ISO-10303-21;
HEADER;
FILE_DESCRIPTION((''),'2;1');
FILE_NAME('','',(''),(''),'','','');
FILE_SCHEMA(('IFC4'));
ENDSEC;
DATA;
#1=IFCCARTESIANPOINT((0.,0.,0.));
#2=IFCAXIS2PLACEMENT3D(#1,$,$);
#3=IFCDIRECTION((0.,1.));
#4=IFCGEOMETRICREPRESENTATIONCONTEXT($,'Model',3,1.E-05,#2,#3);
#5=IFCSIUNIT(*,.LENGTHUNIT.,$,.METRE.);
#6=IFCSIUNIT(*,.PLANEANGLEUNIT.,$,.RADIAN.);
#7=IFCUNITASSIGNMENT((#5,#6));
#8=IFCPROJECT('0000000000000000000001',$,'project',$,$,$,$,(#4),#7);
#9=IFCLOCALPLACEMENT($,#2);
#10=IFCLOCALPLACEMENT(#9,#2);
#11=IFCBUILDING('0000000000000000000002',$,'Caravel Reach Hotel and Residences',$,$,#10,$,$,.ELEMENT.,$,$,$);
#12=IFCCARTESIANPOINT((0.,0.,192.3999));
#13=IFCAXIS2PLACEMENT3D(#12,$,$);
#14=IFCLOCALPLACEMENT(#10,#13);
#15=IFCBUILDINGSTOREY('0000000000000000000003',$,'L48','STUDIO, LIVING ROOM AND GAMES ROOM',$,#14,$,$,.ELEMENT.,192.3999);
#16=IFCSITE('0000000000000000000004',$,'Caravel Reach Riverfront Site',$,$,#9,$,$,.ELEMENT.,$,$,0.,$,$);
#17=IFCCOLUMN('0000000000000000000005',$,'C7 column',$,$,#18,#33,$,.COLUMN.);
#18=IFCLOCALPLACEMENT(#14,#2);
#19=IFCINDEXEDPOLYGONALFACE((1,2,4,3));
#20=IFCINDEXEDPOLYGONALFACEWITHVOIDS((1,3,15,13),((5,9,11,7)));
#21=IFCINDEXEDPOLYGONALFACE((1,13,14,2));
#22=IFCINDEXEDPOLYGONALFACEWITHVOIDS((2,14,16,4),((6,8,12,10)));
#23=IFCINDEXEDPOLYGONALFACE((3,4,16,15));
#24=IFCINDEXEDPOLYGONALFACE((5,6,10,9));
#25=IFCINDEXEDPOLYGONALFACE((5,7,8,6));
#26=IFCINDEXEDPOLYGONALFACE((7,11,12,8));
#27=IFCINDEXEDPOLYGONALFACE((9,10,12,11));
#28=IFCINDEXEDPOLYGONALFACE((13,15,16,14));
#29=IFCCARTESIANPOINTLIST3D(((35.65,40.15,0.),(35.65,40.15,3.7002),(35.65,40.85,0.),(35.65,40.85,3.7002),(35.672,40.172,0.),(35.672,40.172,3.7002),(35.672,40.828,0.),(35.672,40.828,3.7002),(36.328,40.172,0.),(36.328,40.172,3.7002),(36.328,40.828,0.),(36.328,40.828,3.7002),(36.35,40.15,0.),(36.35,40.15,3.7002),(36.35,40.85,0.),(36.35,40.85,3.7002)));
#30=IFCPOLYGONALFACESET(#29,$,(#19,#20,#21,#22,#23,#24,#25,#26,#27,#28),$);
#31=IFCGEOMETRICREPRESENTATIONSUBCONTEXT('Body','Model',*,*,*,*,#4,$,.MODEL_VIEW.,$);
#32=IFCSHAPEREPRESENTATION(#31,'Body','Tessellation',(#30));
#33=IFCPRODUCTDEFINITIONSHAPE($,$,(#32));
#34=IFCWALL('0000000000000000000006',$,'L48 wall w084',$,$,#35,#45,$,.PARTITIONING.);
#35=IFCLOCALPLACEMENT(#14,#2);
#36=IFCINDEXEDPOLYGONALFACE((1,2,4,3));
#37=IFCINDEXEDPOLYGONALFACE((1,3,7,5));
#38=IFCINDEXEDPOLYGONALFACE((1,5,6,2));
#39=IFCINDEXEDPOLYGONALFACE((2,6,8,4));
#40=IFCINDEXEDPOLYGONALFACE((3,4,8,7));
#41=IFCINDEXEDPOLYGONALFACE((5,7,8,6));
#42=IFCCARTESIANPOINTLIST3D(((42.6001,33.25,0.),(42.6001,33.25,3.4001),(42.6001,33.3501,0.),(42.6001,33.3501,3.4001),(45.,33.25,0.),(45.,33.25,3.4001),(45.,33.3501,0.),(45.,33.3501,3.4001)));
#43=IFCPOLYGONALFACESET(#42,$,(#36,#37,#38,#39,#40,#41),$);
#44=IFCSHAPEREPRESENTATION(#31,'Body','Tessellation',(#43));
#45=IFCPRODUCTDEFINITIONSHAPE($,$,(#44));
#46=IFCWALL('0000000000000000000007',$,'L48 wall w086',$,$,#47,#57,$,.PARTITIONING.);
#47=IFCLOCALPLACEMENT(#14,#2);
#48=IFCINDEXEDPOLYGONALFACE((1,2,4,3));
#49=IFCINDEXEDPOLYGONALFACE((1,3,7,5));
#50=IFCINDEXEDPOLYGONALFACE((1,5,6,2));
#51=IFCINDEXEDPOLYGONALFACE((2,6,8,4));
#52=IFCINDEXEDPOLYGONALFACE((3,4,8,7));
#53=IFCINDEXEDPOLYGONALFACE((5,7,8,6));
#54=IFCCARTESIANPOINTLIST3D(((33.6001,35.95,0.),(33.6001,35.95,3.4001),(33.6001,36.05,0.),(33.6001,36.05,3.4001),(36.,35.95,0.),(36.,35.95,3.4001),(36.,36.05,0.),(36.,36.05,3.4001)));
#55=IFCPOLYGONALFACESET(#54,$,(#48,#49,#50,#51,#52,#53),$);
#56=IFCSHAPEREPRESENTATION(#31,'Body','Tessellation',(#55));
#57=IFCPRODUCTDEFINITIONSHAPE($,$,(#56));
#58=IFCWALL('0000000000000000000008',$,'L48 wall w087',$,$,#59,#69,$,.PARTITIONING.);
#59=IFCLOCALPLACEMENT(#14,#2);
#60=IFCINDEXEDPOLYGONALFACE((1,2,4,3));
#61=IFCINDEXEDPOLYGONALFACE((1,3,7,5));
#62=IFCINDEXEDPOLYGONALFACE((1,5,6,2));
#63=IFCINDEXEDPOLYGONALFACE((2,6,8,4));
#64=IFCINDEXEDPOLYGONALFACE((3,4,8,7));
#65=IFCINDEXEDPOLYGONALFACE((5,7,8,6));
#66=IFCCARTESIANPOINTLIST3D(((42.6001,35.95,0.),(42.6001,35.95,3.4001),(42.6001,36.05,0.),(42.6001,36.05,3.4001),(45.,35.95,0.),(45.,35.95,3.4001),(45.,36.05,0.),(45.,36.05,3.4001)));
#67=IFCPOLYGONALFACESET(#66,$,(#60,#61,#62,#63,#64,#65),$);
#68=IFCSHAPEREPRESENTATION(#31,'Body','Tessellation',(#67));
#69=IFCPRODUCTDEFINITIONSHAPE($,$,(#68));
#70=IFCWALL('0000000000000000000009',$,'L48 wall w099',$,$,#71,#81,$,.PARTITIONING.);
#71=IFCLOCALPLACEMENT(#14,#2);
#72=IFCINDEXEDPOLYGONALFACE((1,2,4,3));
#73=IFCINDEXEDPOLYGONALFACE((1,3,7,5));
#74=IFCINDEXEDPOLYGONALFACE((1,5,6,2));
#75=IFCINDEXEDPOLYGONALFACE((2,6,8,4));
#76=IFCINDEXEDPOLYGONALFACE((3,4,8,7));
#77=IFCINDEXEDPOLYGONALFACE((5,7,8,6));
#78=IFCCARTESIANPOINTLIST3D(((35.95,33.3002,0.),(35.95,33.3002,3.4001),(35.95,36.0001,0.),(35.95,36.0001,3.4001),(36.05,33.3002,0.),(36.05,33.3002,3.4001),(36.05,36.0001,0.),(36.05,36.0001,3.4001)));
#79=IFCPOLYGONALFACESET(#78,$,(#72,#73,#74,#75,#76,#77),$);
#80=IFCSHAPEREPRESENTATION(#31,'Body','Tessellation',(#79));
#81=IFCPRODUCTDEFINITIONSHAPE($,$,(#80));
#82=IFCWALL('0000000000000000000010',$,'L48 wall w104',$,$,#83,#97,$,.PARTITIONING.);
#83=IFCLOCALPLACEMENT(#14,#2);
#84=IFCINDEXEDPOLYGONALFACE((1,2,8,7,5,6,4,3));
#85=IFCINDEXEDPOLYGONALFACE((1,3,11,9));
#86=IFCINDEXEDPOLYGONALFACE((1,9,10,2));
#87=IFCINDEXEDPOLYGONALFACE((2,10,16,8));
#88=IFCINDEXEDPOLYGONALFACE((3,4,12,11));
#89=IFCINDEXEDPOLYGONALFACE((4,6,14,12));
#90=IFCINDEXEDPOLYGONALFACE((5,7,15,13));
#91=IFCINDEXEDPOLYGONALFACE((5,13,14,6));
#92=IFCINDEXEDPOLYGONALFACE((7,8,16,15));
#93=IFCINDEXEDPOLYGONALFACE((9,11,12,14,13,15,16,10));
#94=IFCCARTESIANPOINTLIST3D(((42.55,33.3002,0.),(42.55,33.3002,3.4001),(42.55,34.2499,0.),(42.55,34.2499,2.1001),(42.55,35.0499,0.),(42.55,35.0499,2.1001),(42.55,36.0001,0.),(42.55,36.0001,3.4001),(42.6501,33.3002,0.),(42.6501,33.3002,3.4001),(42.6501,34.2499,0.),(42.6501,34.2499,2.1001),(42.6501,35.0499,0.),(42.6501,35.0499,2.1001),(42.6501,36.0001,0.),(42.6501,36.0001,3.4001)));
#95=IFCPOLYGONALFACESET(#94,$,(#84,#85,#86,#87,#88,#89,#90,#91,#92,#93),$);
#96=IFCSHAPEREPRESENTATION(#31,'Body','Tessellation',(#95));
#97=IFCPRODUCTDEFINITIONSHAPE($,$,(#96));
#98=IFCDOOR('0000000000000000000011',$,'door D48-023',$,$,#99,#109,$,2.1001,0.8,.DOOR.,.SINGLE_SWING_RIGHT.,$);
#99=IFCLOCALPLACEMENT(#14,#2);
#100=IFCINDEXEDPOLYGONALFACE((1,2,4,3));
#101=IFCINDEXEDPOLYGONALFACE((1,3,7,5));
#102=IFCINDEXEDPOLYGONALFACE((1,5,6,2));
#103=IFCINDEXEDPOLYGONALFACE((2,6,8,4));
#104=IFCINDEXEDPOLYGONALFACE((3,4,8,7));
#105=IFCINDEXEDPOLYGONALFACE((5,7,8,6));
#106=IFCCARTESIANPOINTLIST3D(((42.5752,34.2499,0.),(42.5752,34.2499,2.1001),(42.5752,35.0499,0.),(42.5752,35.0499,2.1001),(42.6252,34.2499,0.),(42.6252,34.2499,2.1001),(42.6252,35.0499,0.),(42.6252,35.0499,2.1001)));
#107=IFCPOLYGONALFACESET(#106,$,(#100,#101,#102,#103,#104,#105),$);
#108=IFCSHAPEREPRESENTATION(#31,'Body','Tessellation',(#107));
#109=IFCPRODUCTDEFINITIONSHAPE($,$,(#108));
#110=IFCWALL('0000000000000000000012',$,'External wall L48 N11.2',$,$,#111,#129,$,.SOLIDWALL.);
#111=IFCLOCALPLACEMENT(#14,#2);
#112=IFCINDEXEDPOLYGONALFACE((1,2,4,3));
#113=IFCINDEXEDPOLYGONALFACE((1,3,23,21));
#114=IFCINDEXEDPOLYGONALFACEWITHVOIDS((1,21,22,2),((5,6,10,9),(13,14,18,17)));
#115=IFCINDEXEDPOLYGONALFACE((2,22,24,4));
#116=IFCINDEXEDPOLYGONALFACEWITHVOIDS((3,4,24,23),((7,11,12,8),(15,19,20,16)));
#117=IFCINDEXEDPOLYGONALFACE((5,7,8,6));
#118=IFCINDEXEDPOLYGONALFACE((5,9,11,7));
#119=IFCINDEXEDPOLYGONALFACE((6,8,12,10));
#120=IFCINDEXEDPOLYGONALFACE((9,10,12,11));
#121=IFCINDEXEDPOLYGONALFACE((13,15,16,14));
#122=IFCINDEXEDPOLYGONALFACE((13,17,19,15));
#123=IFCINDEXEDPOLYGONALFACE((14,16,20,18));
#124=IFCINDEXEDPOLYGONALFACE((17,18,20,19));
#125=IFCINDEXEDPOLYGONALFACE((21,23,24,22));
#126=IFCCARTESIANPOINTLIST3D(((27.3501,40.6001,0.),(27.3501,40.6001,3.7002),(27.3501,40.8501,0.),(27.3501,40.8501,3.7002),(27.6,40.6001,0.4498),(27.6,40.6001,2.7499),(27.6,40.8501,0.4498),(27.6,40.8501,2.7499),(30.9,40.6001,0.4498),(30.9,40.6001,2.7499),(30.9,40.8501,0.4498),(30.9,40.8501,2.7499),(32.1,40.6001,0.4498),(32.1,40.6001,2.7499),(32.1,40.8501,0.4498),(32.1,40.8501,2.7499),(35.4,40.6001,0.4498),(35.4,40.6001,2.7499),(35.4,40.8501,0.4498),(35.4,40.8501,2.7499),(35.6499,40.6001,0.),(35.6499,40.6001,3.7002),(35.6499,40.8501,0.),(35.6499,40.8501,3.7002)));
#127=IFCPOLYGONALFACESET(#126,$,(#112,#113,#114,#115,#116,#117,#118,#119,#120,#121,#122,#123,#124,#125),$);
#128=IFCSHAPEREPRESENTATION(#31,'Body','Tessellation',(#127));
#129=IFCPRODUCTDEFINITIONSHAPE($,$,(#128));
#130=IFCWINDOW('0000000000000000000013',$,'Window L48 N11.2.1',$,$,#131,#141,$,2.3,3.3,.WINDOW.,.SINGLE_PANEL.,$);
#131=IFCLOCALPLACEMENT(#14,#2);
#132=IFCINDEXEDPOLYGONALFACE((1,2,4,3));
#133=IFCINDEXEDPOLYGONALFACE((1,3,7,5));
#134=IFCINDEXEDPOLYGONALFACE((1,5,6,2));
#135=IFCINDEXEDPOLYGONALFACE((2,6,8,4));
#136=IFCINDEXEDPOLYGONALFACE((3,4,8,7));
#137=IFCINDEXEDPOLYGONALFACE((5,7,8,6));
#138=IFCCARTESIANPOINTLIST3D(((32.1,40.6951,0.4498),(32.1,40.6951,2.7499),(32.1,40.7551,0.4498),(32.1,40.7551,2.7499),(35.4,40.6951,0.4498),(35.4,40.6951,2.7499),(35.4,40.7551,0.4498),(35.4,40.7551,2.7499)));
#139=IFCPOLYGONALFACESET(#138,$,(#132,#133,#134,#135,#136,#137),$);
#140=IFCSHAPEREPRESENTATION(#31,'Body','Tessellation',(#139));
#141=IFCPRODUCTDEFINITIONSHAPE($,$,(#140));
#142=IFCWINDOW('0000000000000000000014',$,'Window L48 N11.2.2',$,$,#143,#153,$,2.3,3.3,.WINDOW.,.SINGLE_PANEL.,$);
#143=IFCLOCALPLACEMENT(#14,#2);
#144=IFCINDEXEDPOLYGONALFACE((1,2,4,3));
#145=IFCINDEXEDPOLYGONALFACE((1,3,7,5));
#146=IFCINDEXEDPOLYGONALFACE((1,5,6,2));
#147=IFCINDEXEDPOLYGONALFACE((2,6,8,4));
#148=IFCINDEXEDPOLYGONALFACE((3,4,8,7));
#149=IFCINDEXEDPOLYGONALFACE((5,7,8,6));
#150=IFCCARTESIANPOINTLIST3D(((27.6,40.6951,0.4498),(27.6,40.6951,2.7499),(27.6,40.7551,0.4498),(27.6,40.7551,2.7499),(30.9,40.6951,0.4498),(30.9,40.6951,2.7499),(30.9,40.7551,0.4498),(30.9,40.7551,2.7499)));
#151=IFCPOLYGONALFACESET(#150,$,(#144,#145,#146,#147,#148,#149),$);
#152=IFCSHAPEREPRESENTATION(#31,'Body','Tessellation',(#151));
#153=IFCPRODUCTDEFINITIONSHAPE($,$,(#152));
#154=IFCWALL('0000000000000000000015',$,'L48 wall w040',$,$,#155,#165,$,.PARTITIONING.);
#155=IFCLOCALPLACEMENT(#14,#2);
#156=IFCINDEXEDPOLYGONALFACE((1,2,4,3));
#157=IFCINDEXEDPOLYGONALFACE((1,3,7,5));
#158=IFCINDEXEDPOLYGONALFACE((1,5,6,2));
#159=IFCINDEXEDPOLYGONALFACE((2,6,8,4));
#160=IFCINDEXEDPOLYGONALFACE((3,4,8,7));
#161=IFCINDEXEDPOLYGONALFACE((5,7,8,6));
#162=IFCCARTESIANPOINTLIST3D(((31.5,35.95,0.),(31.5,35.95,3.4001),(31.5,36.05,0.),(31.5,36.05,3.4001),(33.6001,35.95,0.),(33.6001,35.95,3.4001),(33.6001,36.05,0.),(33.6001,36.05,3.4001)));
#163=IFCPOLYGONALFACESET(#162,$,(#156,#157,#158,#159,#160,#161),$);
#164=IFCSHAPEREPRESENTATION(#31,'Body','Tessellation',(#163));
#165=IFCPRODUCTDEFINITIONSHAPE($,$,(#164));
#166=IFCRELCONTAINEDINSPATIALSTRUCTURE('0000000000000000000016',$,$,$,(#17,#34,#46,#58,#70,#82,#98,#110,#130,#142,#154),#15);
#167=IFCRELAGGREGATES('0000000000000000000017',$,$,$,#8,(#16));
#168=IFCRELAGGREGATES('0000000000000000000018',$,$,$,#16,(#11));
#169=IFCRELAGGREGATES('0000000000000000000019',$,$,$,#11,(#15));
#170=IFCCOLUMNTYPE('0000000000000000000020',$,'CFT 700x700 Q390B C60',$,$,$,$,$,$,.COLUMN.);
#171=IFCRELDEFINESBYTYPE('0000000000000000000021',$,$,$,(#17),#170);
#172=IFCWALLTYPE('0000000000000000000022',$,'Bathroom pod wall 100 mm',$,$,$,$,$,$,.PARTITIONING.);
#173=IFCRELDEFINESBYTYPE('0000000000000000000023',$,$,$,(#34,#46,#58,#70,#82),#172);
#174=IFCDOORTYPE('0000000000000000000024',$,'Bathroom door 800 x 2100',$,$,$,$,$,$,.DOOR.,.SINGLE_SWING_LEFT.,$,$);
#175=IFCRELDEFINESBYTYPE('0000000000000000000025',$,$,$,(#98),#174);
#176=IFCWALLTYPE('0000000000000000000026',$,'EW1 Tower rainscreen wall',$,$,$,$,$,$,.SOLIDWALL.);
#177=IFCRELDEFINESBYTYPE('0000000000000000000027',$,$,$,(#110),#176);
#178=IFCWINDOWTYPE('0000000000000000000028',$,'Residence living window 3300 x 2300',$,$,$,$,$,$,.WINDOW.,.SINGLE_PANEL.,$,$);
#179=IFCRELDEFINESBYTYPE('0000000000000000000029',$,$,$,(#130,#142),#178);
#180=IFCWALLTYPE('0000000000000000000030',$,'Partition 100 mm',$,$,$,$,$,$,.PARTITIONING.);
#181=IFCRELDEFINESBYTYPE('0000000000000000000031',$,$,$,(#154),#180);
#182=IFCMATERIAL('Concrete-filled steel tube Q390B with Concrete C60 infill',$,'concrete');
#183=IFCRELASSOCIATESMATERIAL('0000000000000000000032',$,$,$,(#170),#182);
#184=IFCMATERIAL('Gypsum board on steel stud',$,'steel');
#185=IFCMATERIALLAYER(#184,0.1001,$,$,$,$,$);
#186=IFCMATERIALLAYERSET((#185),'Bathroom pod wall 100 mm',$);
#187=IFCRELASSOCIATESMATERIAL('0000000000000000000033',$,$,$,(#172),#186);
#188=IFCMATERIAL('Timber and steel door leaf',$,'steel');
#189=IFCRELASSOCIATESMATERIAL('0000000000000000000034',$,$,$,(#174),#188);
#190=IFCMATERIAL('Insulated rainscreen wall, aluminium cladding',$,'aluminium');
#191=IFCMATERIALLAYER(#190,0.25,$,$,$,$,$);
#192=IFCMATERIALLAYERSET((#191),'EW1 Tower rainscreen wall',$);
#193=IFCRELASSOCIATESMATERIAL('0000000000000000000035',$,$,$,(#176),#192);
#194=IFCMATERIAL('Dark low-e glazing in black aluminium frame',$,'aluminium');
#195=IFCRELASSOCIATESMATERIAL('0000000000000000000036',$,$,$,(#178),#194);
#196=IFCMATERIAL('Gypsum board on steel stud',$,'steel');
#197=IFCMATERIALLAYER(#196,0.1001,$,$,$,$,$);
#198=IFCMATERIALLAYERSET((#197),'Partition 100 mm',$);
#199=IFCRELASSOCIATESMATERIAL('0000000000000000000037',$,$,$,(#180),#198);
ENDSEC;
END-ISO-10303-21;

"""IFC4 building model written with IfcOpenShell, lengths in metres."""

from ifc_helpers import new_model, si_unit, direction, frame, frame_2d, origin, origin_2d, place, context, subcontext, project, spatial, rectangle, hollow_rectangle, extrude, material, layer, layer_set, material_profile, profile_set, type_object, element, fill, save


model = new_model("IFC4")

# Units and contexts
model_context = context("Model", 3, precision=1e-05, world=origin(), true_north=direction((0.0, 1.0)))
body_context = subcontext(model_context, "Body", "Model", "MODEL_VIEW")
ifc_project = project(units=[si_unit("LENGTHUNIT", "METRE"), si_unit("PLANEANGLEUNIT", "RADIAN")], contexts=[model_context])

# Site, building, storey
site_placement = place(None, origin())
site = spatial("IfcSite", under=ifc_project, at=site_placement, Name="Caravel Reach Riverfront Site", CompositionType="ELEMENT", RefElevation=0.0)
building_placement = place(site_placement, origin())
building = spatial("IfcBuilding", under=site, at=building_placement, Name="Caravel Reach Hotel and Residences", CompositionType="ELEMENT")
storey_placement = place(building_placement, frame((0.0, 0.0, 192.3999)))
storey = spatial("IfcBuildingStorey", under=building, at=storey_placement, Name="L48", Description="STUDIO, LIVING ROOM AND GAMES ROOM", CompositionType="ELEMENT", Elevation=192.3999)

# Column
ifc_material_1 = material(Name="Concrete-filled steel tube Q390B with Concrete C60 infill", Category="concrete")
ifc_material_profile = material_profile(ifc_material_1, hollow_rectangle(XDim=0.7, YDim=0.7, WallThickness=0.022, at=origin_2d()), Name="RHS 700x700x22")
ifc_profile_set = profile_set([ifc_material_profile], Name="Concrete-filled steel tube Q390B with Concrete C60 infill")
column_type = type_object("IfcColumnType", Name="CFT 700x700 Q390B C60", PredefinedType="COLUMN", material=ifc_profile_set)
column_placement = place(storey_placement, frame((36.0, 40.5, 0.0), z_axis=(0.0, 0.0, 1.0), x_axis=(1.0, 0.0, 0.0)))
element("IfcColumn", 1, at=column_placement, inside=storey, type_object=column_type, Name="C7 column", PredefinedType="COLUMN", context=body_context, shape_type="SweptSolid", body=[
    extrude(hollow_rectangle(XDim=0.7, YDim=0.7, WallThickness=0.022, at=origin_2d()), origin(), (0.0, 0.0, 1.0), 3.7002),
])

# Walls
ifc_material_2 = material(Name="Gypsum board on steel stud", Category="steel")
ifc_layer_1 = layer(ifc_material_2, 0.1001)
ifc_layer_set_1 = layer_set([ifc_layer_1], Name="Bathroom pod wall 100 mm")
wall_type_1 = type_object("IfcWallType", Name="Bathroom pod wall 100 mm", PredefinedType="PARTITIONING", material=ifc_layer_set_1)
for number, where, z_axis, x_axis, name in (
    (2, (42.6001, 33.3, 0.0), (0.0, 0.0, 1.0), (1.0, 0.0, 0.0), "L48 wall w084"),
    (3, (33.6001, 36.0, 0.0), (0.0, 0.0, 1.0), (1.0, 0.0, 0.0), "L48 wall w086"),
    (4, (42.6001, 36.0, 0.0), (0.0, 0.0, 1.0), (1.0, 0.0, 0.0), "L48 wall w087"),
):
    element("IfcWall", number, at=place(storey_placement, frame(where, z_axis=z_axis, x_axis=x_axis)), inside=storey, type_object=wall_type_1, Name=name, PredefinedType="PARTITIONING", context=body_context, shape_type="SweptSolid", body=[
        extrude(rectangle(XDim=2.3999, YDim=0.1001, at=frame_2d((1.2, 0.0))), origin(), (0.0, 0.0, 1.0), 3.4001),
    ])
wall_1_placement = place(storey_placement, frame((36.0, 33.3, 0.0), z_axis=(0.0, 0.0, 1.0), x_axis=(0.0, 1.0, 0.0)))
element("IfcWall", 5, at=wall_1_placement, inside=storey, type_object=wall_type_1, Name="L48 wall w099", PredefinedType="PARTITIONING", context=body_context, shape_type="SweptSolid", body=[
    extrude(rectangle(XDim=2.7, YDim=0.1001, at=frame_2d((1.3501, 0.0))), origin(), (0.0, 0.0, 1.0), 3.4001),
])

# Wall, opening, door
wall_2_placement = place(storey_placement, frame((42.6001, 33.3, 0.0), z_axis=(0.0, 0.0, 1.0), x_axis=(0.0, 1.0, 0.0)))
wall_2 = element("IfcWall", 6, at=wall_2_placement, inside=storey, type_object=wall_type_1, Name="L48 wall w104", PredefinedType="PARTITIONING", context=body_context, shape_type="SweptSolid", body=[
    extrude(rectangle(XDim=2.7, YDim=0.1001, at=frame_2d((1.3501, 0.0))), origin(), (0.0, 0.0, 1.0), 3.4001),
])
opening_1_placement = place(wall_2_placement, frame((0.95, 0.0, 0.0)))
opening_1 = element("IfcOpeningElement", 7, at=opening_1_placement, cuts=wall_2, PredefinedType="OPENING", context=body_context, shape_type="SweptSolid", body=[
    extrude(rectangle(XDim=0.8, YDim=2.1001, at=frame_2d((0.3999, 1.05))), frame((0.0, 0.0601, 0.0), z_axis=(0.0, -1.0, 0.0), x_axis=(1.0, 0.0, 0.0)), (0.0, 0.0, 1.0), 0.1201),
])
ifc_material_3 = material(Name="Timber and steel door leaf", Category="steel")
door_type_1 = type_object("IfcDoorType", Name="Bathroom door 800 x 2100", OperationType="SINGLE_SWING_LEFT", PredefinedType="DOOR", material=ifc_material_3)
door_1_placement = place(opening_1_placement, origin())
door_1 = element("IfcDoor", 8, at=door_1_placement, inside=storey, type_object=door_type_1, Name="door D48-023", OperationType="SINGLE_SWING_RIGHT", OverallHeight=2.1001, OverallWidth=0.8, PredefinedType="DOOR", context=body_context, shape_type="SweptSolid", body=[
    extrude(rectangle(XDim=0.8, YDim=2.1001, at=frame_2d((0.3999, 1.05))), frame((0.0, 0.0249, 0.0), z_axis=(0.0, -1.0, 0.0), x_axis=(1.0, 0.0, 0.0)), (0.0, 0.0, 1.0), 0.05),
])
fill(opening_1, door_1)

# Wall, openings, windows
ifc_material_4 = material(Name="Insulated rainscreen wall, aluminium cladding", Category="aluminium")
ifc_layer_2 = layer(ifc_material_4, 0.25)
ifc_layer_set_2 = layer_set([ifc_layer_2], Name="EW1 Tower rainscreen wall")
wall_type_2 = type_object("IfcWallType", Name="EW1 Tower rainscreen wall", PredefinedType="SOLIDWALL", material=ifc_layer_set_2)
wall_3_placement = place(storey_placement, frame((35.6499, 40.7251, 0.0), z_axis=(0.0, 0.0, 1.0), x_axis=(-1.0, 0.0, 0.0)))
wall_3 = element("IfcWall", 9, at=wall_3_placement, inside=storey, type_object=wall_type_2, Name="External wall L48 N11.2", PredefinedType="SOLIDWALL", context=body_context, shape_type="SweptSolid", body=[
    extrude(rectangle(XDim=8.2998, YDim=0.25, at=frame_2d((4.1499, 0.0))), origin(), (0.0, 0.0, 1.0), 3.7002),
])
opening_2_placement = place(wall_3_placement, frame((0.25, 0.0, 0.45)))
opening_2 = element("IfcOpeningElement", 10, at=opening_2_placement, cuts=wall_3, PredefinedType="OPENING", context=body_context, shape_type="SweptSolid", body=[
    extrude(rectangle(XDim=3.3, YDim=2.3, at=frame_2d((1.6499, 1.1499))), frame((0.0, 0.135, 0.0), z_axis=(0.0, -1.0, 0.0), x_axis=(1.0, 0.0, 0.0)), (0.0, 0.0, 1.0), 0.27),
])
opening_3_placement = place(wall_3_placement, frame((4.75, 0.0, 0.45)))
opening_3 = element("IfcOpeningElement", 11, at=opening_3_placement, cuts=wall_3, PredefinedType="OPENING", context=body_context, shape_type="SweptSolid", body=[
    extrude(rectangle(XDim=3.3, YDim=2.3, at=frame_2d((1.6499, 1.1499))), frame((0.0, 0.135, 0.0), z_axis=(0.0, -1.0, 0.0), x_axis=(1.0, 0.0, 0.0)), (0.0, 0.0, 1.0), 0.27),
])
ifc_material_5 = material(Name="Dark low-e glazing in black aluminium frame", Category="aluminium")
window_type = type_object("IfcWindowType", Name="Residence living window 3300 x 2300", PartitioningType="SINGLE_PANEL", PredefinedType="WINDOW", material=ifc_material_5)
window_1_placement = place(opening_2_placement, origin())
window_1 = element("IfcWindow", 12, at=window_1_placement, inside=storey, type_object=window_type, Name="Window L48 N11.2.1", OverallHeight=2.3, OverallWidth=3.3, PartitioningType="SINGLE_PANEL", PredefinedType="WINDOW", context=body_context, shape_type="SweptSolid", body=[
    extrude(rectangle(XDim=3.3, YDim=2.3, at=frame_2d((1.6499, 1.1499))), frame((0.0, 0.03, 0.0), z_axis=(0.0, -1.0, 0.0), x_axis=(1.0, 0.0, 0.0)), (0.0, 0.0, 1.0), 0.0601),
])
fill(opening_2, window_1)
window_2_placement = place(opening_3_placement, origin())
window_2 = element("IfcWindow", 13, at=window_2_placement, inside=storey, type_object=window_type, Name="Window L48 N11.2.2", OverallHeight=2.3, OverallWidth=3.3, PartitioningType="SINGLE_PANEL", PredefinedType="WINDOW", context=body_context, shape_type="SweptSolid", body=[
    extrude(rectangle(XDim=3.3, YDim=2.3, at=frame_2d((1.6499, 1.1499))), frame((0.0, 0.03, 0.0), z_axis=(0.0, -1.0, 0.0), x_axis=(1.0, 0.0, 0.0)), (0.0, 0.0, 1.0), 0.0601),
])
fill(opening_3, window_2)

# Wall
ifc_material_6 = material(Name="Gypsum board on steel stud", Category="steel")
ifc_layer_3 = layer(ifc_material_6, 0.1001)
ifc_layer_set_3 = layer_set([ifc_layer_3], Name="Partition 100 mm")
wall_type_3 = type_object("IfcWallType", Name="Partition 100 mm", PredefinedType="PARTITIONING", material=ifc_layer_set_3)
wall_4_placement = place(storey_placement, frame((31.5, 36.0, 0.0), z_axis=(0.0, 0.0, 1.0), x_axis=(1.0, 0.0, 0.0)))
element("IfcWall", 14, at=wall_4_placement, inside=storey, type_object=wall_type_3, Name="L48 wall w040", PredefinedType="PARTITIONING", context=body_context, shape_type="SweptSolid", body=[
    extrude(rectangle(XDim=2.1001, YDim=0.1001, at=frame_2d((1.05, 0.0))), origin(), (0.0, 0.0, 1.0), 3.4001),
])

save(model, "model.ifc")
